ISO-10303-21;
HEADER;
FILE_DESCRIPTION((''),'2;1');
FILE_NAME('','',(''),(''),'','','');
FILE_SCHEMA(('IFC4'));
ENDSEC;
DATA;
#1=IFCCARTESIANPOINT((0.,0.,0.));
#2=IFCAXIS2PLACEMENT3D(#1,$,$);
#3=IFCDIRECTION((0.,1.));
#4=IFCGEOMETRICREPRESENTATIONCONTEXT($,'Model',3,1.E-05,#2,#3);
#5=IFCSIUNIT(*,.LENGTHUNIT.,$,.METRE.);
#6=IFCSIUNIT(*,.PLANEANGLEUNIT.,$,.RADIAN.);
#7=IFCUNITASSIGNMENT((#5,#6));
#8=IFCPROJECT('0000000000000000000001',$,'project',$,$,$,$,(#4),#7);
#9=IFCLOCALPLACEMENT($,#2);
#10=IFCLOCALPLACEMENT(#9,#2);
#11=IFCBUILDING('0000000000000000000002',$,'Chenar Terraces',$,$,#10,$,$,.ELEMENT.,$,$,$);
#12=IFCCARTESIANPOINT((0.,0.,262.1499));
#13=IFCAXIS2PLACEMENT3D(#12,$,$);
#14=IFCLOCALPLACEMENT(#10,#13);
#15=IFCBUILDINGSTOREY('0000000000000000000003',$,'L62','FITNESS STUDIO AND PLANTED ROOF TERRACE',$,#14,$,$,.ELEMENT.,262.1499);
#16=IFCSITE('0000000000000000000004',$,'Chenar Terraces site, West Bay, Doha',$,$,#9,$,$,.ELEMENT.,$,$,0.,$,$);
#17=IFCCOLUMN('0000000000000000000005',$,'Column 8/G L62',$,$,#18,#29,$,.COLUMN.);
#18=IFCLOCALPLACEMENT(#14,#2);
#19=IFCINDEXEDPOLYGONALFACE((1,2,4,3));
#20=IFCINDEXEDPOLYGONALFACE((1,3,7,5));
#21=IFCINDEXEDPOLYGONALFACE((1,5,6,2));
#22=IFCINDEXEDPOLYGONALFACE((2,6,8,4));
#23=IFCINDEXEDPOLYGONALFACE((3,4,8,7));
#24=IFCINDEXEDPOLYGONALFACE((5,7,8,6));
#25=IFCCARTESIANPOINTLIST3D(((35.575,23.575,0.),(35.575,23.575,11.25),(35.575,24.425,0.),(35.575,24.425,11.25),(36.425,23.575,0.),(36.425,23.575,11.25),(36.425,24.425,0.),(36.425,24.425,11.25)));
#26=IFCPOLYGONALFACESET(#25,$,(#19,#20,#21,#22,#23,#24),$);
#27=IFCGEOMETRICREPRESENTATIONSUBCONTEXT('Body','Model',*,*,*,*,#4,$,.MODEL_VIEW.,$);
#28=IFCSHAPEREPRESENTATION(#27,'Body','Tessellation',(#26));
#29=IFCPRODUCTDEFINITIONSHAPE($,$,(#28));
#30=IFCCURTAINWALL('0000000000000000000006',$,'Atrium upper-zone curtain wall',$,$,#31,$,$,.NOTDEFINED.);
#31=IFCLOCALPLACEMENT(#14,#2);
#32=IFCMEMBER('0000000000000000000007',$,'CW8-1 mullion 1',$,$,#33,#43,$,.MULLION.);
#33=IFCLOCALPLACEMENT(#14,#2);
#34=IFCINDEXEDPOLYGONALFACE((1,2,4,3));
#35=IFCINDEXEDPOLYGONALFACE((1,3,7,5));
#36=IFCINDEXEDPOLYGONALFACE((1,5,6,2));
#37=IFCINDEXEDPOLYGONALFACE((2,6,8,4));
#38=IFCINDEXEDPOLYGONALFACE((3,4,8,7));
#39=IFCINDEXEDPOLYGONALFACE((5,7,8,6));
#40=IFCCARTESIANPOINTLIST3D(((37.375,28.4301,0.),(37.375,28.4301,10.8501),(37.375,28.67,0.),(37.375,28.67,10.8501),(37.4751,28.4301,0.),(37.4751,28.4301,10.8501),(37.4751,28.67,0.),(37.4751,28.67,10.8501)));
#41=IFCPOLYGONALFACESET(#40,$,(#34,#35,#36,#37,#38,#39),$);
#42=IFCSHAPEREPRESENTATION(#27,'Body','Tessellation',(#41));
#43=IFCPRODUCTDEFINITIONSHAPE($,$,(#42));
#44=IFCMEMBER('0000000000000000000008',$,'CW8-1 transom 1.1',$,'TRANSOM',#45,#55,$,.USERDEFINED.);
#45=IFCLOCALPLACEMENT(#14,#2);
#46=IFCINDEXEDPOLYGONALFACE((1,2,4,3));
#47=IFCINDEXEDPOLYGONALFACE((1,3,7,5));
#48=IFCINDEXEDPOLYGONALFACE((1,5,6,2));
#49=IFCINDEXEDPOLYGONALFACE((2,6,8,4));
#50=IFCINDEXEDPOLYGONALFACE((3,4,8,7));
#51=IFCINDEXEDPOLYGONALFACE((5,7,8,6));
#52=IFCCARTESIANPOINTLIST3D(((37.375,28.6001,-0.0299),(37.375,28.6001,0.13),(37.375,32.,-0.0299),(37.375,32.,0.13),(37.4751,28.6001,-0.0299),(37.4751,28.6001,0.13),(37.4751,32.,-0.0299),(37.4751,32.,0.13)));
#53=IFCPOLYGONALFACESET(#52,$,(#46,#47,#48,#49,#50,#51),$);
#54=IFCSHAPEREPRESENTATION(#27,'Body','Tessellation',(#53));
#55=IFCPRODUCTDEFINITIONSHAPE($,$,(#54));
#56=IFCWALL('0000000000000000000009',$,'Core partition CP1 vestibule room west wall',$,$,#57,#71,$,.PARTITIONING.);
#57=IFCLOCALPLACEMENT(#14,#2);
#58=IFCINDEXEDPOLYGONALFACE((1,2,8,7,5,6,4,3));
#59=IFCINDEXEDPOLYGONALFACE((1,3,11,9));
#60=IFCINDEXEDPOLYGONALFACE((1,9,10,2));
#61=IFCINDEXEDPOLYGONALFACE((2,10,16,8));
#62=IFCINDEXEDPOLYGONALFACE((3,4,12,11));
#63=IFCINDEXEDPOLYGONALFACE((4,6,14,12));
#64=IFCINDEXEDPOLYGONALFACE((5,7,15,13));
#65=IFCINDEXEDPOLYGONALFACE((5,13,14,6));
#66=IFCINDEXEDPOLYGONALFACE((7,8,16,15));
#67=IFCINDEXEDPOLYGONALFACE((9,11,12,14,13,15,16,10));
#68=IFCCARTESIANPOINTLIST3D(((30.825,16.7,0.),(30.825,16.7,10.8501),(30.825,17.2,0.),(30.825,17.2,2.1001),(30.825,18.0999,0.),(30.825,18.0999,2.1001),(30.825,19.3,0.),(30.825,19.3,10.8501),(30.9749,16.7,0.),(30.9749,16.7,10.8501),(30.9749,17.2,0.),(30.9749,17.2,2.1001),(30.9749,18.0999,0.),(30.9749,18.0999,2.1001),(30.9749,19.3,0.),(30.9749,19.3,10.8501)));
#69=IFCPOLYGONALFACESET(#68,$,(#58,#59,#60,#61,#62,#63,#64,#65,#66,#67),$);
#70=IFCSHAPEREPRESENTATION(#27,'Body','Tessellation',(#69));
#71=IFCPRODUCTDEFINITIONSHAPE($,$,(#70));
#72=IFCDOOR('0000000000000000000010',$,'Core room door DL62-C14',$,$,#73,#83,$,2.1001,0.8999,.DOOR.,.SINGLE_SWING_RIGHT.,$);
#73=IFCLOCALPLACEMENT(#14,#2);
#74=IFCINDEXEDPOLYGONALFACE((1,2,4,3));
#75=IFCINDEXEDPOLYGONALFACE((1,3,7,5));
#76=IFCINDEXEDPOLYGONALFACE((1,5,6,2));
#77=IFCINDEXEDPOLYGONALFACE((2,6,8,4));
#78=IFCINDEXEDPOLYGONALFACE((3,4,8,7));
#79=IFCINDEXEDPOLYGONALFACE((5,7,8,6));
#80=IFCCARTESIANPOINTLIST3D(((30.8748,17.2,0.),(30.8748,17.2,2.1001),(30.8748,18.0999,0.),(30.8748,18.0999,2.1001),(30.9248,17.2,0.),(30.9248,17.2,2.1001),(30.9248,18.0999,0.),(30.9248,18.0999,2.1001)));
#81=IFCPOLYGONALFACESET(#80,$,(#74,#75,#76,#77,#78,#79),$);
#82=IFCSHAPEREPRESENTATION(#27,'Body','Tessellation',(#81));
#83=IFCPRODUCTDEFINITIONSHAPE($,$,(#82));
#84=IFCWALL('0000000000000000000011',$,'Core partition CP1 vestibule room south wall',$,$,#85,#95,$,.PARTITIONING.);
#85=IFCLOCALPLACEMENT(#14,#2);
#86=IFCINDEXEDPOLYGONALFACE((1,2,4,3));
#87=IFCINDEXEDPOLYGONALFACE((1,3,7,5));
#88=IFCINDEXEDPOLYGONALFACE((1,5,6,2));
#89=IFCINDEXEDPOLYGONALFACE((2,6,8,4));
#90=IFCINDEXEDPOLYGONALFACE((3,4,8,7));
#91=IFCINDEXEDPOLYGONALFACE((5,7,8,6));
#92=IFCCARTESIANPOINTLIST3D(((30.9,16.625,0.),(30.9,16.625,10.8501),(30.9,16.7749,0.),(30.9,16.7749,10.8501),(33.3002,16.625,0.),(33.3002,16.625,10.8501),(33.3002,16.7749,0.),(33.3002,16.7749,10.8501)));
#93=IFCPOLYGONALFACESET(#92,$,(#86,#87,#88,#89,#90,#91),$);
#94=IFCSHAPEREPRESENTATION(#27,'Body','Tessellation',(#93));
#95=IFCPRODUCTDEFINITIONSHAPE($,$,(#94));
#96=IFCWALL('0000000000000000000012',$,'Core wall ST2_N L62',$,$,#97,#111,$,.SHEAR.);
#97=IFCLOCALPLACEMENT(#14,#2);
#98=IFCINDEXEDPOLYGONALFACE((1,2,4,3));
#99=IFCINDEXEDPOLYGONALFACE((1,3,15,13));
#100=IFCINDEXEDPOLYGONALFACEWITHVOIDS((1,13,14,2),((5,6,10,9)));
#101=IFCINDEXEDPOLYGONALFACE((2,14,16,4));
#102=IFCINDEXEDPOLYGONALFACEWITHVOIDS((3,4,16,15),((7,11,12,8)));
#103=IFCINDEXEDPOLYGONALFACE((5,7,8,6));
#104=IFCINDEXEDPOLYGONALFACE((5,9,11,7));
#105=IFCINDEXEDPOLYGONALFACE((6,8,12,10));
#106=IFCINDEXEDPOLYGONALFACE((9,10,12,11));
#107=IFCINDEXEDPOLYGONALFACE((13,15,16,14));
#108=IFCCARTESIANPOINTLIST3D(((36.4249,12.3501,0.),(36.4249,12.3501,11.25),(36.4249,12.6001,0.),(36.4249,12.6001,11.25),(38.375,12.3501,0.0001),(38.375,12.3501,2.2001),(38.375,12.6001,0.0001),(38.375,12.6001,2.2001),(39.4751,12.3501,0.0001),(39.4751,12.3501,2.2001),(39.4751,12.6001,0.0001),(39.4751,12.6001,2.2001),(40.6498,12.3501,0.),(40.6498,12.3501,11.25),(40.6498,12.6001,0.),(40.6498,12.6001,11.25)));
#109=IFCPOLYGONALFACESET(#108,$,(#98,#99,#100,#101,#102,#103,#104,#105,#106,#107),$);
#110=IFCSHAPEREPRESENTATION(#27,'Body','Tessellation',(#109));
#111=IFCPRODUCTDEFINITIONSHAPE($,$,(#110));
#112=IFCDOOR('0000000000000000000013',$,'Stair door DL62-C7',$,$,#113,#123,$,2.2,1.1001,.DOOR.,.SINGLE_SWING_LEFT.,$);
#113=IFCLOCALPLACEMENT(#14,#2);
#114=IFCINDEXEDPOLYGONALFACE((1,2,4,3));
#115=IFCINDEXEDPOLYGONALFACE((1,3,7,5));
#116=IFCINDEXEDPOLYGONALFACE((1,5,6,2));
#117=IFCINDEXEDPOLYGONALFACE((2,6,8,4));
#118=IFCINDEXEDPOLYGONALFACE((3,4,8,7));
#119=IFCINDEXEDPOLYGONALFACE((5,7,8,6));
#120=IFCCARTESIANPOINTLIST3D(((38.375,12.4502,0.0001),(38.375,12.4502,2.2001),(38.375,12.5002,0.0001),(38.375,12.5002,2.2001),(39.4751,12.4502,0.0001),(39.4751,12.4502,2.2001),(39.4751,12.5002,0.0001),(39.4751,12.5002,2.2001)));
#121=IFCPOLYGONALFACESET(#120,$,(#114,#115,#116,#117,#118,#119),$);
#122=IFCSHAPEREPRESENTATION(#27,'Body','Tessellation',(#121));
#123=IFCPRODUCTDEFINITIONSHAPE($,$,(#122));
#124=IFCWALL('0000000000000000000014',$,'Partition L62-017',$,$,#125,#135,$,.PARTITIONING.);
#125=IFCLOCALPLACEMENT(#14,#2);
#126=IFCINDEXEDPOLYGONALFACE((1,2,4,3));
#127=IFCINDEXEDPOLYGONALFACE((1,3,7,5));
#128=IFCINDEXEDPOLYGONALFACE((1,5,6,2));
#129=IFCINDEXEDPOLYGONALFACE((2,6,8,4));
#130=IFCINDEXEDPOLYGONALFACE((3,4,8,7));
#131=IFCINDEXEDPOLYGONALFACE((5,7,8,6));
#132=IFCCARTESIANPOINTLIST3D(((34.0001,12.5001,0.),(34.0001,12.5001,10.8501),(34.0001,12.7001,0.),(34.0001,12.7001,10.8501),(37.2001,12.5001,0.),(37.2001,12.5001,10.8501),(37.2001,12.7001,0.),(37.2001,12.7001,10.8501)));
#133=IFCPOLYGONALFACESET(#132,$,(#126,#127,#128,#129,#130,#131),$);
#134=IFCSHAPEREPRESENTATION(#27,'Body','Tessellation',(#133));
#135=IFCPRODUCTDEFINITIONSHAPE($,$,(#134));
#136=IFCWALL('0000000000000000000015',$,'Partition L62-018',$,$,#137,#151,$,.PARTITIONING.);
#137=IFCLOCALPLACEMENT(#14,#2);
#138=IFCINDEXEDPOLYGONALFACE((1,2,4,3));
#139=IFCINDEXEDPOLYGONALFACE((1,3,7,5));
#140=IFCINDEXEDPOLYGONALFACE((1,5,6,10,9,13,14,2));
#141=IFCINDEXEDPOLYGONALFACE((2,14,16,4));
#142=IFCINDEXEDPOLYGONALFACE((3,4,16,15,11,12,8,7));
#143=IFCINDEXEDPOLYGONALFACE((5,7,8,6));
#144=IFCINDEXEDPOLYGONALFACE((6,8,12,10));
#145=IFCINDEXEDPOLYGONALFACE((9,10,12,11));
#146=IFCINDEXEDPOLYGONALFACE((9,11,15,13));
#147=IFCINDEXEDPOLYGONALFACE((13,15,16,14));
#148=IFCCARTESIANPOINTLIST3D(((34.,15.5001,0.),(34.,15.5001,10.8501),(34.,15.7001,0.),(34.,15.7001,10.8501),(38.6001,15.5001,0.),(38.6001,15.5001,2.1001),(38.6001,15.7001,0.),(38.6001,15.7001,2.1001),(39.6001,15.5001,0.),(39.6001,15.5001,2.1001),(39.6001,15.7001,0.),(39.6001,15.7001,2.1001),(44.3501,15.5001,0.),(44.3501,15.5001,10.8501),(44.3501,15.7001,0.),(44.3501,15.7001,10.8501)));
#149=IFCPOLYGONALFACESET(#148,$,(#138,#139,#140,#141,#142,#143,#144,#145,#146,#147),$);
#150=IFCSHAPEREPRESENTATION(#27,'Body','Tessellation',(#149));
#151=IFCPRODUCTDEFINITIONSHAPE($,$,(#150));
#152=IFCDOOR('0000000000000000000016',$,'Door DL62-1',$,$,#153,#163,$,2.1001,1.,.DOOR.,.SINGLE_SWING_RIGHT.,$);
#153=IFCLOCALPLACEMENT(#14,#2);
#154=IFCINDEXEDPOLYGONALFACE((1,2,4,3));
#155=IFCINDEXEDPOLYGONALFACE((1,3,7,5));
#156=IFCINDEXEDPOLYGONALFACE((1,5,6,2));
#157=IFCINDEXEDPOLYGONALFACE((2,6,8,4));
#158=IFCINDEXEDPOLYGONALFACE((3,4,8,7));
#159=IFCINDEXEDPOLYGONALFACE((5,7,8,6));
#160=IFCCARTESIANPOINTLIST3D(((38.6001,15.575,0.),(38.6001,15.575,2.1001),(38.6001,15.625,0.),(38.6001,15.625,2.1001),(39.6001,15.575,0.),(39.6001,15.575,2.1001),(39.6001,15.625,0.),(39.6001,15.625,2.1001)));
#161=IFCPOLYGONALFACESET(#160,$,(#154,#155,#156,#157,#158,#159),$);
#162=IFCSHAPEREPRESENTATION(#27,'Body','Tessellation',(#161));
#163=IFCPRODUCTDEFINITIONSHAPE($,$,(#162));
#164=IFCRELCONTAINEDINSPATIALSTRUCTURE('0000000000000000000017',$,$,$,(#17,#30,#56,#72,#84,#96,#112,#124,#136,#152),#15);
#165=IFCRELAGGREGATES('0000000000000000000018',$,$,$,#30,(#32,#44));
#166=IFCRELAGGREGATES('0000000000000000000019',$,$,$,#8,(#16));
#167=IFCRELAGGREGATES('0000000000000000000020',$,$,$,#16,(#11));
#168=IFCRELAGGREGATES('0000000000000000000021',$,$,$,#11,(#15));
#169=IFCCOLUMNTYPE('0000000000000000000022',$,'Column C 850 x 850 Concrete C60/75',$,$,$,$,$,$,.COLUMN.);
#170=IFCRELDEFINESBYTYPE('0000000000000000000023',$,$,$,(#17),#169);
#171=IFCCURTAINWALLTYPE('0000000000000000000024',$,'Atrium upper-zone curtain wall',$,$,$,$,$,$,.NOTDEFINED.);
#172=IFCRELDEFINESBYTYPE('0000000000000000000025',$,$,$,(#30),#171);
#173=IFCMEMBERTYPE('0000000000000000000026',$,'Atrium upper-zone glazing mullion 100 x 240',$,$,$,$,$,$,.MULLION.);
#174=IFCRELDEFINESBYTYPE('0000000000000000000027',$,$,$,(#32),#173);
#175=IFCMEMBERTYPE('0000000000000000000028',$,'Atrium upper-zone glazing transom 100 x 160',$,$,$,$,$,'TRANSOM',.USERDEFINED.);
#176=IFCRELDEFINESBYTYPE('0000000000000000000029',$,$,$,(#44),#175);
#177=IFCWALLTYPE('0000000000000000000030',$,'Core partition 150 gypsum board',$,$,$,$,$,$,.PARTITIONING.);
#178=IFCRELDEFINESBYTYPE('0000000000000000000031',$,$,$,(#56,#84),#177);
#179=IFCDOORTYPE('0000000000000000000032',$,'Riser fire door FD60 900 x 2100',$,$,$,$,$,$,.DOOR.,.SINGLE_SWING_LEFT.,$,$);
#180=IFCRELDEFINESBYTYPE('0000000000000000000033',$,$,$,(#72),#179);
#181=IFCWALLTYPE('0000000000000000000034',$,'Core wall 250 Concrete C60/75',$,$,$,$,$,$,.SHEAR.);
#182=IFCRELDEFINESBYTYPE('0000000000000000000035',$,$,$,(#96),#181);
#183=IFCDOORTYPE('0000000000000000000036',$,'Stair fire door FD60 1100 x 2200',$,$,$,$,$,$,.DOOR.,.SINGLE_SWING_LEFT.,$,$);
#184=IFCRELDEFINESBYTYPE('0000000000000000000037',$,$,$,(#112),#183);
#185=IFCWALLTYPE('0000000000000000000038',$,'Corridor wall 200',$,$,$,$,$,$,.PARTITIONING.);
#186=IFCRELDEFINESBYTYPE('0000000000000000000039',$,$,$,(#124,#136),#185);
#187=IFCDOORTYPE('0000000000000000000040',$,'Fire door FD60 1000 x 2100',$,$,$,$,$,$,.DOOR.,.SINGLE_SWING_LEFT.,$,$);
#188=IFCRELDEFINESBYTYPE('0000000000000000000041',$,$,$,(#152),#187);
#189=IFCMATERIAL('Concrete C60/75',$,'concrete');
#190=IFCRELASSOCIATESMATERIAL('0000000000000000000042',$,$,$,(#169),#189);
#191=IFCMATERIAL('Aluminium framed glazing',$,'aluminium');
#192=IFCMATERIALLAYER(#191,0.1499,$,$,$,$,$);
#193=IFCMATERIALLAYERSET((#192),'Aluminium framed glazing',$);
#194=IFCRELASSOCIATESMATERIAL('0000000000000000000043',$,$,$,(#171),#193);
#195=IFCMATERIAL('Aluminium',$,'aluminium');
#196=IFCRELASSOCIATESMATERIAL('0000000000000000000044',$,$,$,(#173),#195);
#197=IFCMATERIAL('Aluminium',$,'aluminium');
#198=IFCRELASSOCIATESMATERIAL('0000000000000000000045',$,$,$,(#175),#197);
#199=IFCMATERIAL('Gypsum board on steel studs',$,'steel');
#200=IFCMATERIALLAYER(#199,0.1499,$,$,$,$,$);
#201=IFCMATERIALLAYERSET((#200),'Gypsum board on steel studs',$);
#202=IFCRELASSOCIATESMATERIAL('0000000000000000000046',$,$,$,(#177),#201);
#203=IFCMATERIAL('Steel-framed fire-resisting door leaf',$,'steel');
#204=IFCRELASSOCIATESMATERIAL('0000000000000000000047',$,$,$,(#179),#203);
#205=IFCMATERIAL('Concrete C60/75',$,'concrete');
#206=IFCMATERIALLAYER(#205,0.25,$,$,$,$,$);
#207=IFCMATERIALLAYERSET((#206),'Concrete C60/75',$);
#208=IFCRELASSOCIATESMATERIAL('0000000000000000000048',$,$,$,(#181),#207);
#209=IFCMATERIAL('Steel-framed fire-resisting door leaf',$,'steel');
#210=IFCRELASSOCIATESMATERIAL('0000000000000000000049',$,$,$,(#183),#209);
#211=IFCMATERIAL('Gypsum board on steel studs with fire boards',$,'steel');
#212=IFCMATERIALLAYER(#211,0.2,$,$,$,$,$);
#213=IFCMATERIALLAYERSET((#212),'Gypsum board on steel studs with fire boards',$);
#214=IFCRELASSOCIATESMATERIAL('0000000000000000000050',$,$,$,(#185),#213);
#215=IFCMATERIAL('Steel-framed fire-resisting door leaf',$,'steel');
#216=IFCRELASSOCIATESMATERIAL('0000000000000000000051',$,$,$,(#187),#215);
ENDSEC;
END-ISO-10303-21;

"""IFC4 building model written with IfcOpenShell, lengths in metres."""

from ifc_helpers import new_model, si_unit, direction, frame, frame_2d, origin, origin_2d, place, context, subcontext, project, spatial, rectangle, extrude, material, layer, layer_set, material_profile, profile_set, type_object, element, fill, aggregate, save


model = new_model("IFC4")

# Units and contexts
model_context = context("Model", 3, precision=1e-05, world=origin(), true_north=direction((0.0, 1.0)))
body_context = subcontext(model_context, "Body", "Model", "MODEL_VIEW")
ifc_project = project(units=[si_unit("LENGTHUNIT", "METRE"), si_unit("PLANEANGLEUNIT", "RADIAN")], contexts=[model_context])

# Site, building, storey
site_placement = place(None, origin())
site = spatial("IfcSite", under=ifc_project, at=site_placement, Name="Chenar Terraces site, West Bay, Doha", CompositionType="ELEMENT", RefElevation=0.0)
building_placement = place(site_placement, origin())
building = spatial("IfcBuilding", under=site, at=building_placement, Name="Chenar Terraces", CompositionType="ELEMENT")
storey_placement = place(building_placement, frame((0.0, 0.0, 262.1499)))
storey = spatial("IfcBuildingStorey", under=building, at=storey_placement, Name="L62", Description="FITNESS STUDIO AND PLANTED ROOF TERRACE", CompositionType="ELEMENT", Elevation=262.1499)

# Column
ifc_material_1 = material(Name="Concrete C60/75", Category="concrete")
ifc_material_profile_1 = material_profile(ifc_material_1, rectangle(XDim=0.8501, YDim=0.8501, at=origin_2d()), Name="C 850 x 850")
ifc_profile_set_1 = profile_set([ifc_material_profile_1], Name="Concrete C60/75")
column_type = type_object("IfcColumnType", Name="Column C 850 x 850 Concrete C60/75", PredefinedType="COLUMN", material=ifc_profile_set_1)
column_placement = place(storey_placement, frame((36.0, 24.0, 0.0), z_axis=(0.0, 0.0, 1.0), x_axis=(1.0, 0.0, 0.0)))
element("IfcColumn", 1, at=column_placement, inside=storey, type_object=column_type, Name="Column 8/G L62", PredefinedType="COLUMN", context=body_context, shape_type="SweptSolid", body=[
    extrude(rectangle(XDim=0.8501, YDim=0.8501, at=origin_2d()), origin(), (0.0, 0.0, 1.0), 11.25),
])

# Curtain wall, members
ifc_material_2 = material(Name="Aluminium framed glazing", Category="aluminium")
ifc_layer_1 = layer(ifc_material_2, 0.1499)
ifc_layer_set_1 = layer_set([ifc_layer_1], Name="Aluminium framed glazing")
curtain_wall_type = type_object("IfcCurtainWallType", Name="Atrium upper-zone curtain wall", PredefinedType="NOTDEFINED", material=ifc_layer_set_1)
curtain_wall_placement = place(storey_placement, origin())
curtain_wall = element("IfcCurtainWall", 2, at=curtain_wall_placement, inside=storey, type_object=curtain_wall_type, Name="Atrium upper-zone curtain wall", PredefinedType="NOTDEFINED")
ifc_material_3 = material(Name="Aluminium", Category="aluminium")
ifc_material_profile_2 = material_profile(ifc_material_3, rectangle(XDim=0.1001, YDim=0.24, at=origin_2d()), Name="Atrium upper-zone glazing mullion 100 x 240")
ifc_profile_set_2 = profile_set([ifc_material_profile_2], Name="Aluminium")
member_type_1 = type_object("IfcMemberType", Name="Atrium upper-zone glazing mullion 100 x 240", PredefinedType="MULLION", material=ifc_profile_set_2)
member_1_placement = place(storey_placement, frame((37.425, 28.55, 0.0), z_axis=(0.0, 0.0, 1.0), x_axis=(-1.0, 0.0, 0.0)))
member_1 = element("IfcMember", 3, at=member_1_placement, type_object=member_type_1, Name="CW8-1 mullion 1", PredefinedType="MULLION", context=body_context, shape_type="SweptSolid", body=[
    extrude(rectangle(XDim=0.1001, YDim=0.24, at=origin_2d()), origin(), (0.0, 0.0, 1.0), 10.8501),
])
ifc_material_4 = material(Name="Aluminium", Category="aluminium")
ifc_material_profile_3 = material_profile(ifc_material_4, rectangle(XDim=0.1001, YDim=0.1599, at=origin_2d()), Name="Atrium upper-zone glazing transom 100 x 160")
ifc_profile_set_3 = profile_set([ifc_material_profile_3], Name="Aluminium")
member_type_2 = type_object("IfcMemberType", Name="Atrium upper-zone glazing transom 100 x 160", ElementType="TRANSOM", PredefinedType="USERDEFINED", material=ifc_profile_set_3)
member_2_placement = place(storey_placement, frame((37.425, 28.6001, 0.05), z_axis=(0.0, 1.0, 0.0), x_axis=(-1.0, 0.0, 0.0)))
member_2 = element("IfcMember", 4, at=member_2_placement, type_object=member_type_2, Name="CW8-1 transom 1.1", ObjectType="TRANSOM", PredefinedType="USERDEFINED", context=body_context, shape_type="SweptSolid", body=[
    extrude(rectangle(XDim=0.1001, YDim=0.1599, at=origin_2d()), origin(), (0.0, 0.0, 1.0), 3.3999),
])
aggregate(curtain_wall, [member_1, member_2])

# Wall, opening, door
ifc_material_5 = material(Name="Gypsum board on steel studs", Category="steel")
ifc_layer_2 = layer(ifc_material_5, 0.1499)
ifc_layer_set_2 = layer_set([ifc_layer_2], Name="Gypsum board on steel studs")
wall_type_1 = type_object("IfcWallType", Name="Core partition 150 gypsum board", PredefinedType="PARTITIONING", material=ifc_layer_set_2)
wall_1_placement = place(storey_placement, frame((30.8999, 16.7, 0.0), z_axis=(0.0, 0.0, 1.0), x_axis=(0.0, 1.0, 0.0)))
wall_1 = element("IfcWall", 5, at=wall_1_placement, inside=storey, type_object=wall_type_1, Name="Core partition CP1 vestibule room west wall", PredefinedType="PARTITIONING", context=body_context, shape_type="SweptSolid", body=[
    extrude(rectangle(XDim=2.6001, YDim=0.1499, at=frame_2d((1.3, 0.0))), origin(), (0.0, 0.0, 1.0), 10.8501),
])
opening_1_placement = place(wall_1_placement, frame((0.5, 0.0, 0.0)))
opening_1 = element("IfcOpeningElement", 6, at=opening_1_placement, cuts=wall_1, PredefinedType="OPENING", context=body_context, shape_type="SweptSolid", body=[
    extrude(rectangle(XDim=0.8999, YDim=2.1001, at=frame_2d((0.45, 1.05))), frame((0.0, 0.085, 0.0), z_axis=(0.0, -1.0, 0.0), x_axis=(1.0, 0.0, 0.0)), (0.0, 0.0, 1.0), 0.1699),
])
ifc_material_6 = material(Name="Steel-framed fire-resisting door leaf", Category="steel")
door_type_1 = type_object("IfcDoorType", Name="Riser fire door FD60 900 x 2100", OperationType="SINGLE_SWING_LEFT", PredefinedType="DOOR", material=ifc_material_6)
door_1_placement = place(opening_1_placement, frame((0.8999, 0.0, 0.0), z_axis=(0.0, 0.0, 1.0), x_axis=(-1.0, 0.0, 0.0)))
door_1 = element("IfcDoor", 7, at=door_1_placement, inside=storey, type_object=door_type_1, Name="Core room door DL62-C14", OperationType="SINGLE_SWING_RIGHT", OverallHeight=2.1001, OverallWidth=0.8999, PredefinedType="DOOR", context=body_context, shape_type="SweptSolid", body=[
    extrude(rectangle(XDim=0.8999, YDim=2.1001, at=frame_2d((0.45, 1.05))), frame((0.0, 0.0249, 0.0), z_axis=(0.0, -1.0, 0.0), x_axis=(1.0, 0.0, 0.0)), (0.0, 0.0, 1.0), 0.05),
])
fill(opening_1, door_1)

# Wall
wall_2_placement = place(storey_placement, frame((30.8999, 16.7, 0.0), z_axis=(0.0, 0.0, 1.0), x_axis=(1.0, 0.0, 0.0)))
element("IfcWall", 8, at=wall_2_placement, inside=storey, type_object=wall_type_1, Name="Core partition CP1 vestibule room south wall", PredefinedType="PARTITIONING", context=body_context, shape_type="SweptSolid", body=[
    extrude(rectangle(XDim=2.4001, YDim=0.1499, at=frame_2d((1.2002, 0.0))), origin(), (0.0, 0.0, 1.0), 10.8501),
])

# Wall, opening, door
ifc_material_7 = material(Name="Concrete C60/75", Category="concrete")
ifc_layer_3 = layer(ifc_material_7, 0.25)
ifc_layer_set_3 = layer_set([ifc_layer_3], Name="Concrete C60/75")
wall_type_2 = type_object("IfcWallType", Name="Core wall 250 Concrete C60/75", PredefinedType="SHEAR", material=ifc_layer_set_3)
wall_3_placement = place(storey_placement, frame((36.425, 12.4751, 0.0), z_axis=(0.0, 0.0, 1.0), x_axis=(1.0, 0.0, 0.0)))
wall_3 = element("IfcWall", 9, at=wall_3_placement, inside=storey, type_object=wall_type_2, Name="Core wall ST2_N L62", PredefinedType="SHEAR", context=body_context, shape_type="SweptSolid", body=[
    extrude(rectangle(XDim=4.2249, YDim=0.25, at=frame_2d((2.1123, 0.0))), origin(), (0.0, 0.0, 1.0), 11.25),
])
opening_2_placement = place(wall_3_placement, frame((1.95, 0.0, 0.0)))
opening_2 = element("IfcOpeningElement", 10, at=opening_2_placement, cuts=wall_3, PredefinedType="OPENING", context=body_context, shape_type="SweptSolid", body=[
    extrude(rectangle(XDim=1.1001, YDim=2.2, at=frame_2d((0.55, 1.1001))), frame((0.0, 0.135, 0.0), z_axis=(0.0, -1.0, 0.0), x_axis=(1.0, 0.0, 0.0)), (0.0, 0.0, 1.0), 0.27),
])
ifc_material_8 = material(Name="Steel-framed fire-resisting door leaf", Category="steel")
door_type_2 = type_object("IfcDoorType", Name="Stair fire door FD60 1100 x 2200", OperationType="SINGLE_SWING_LEFT", PredefinedType="DOOR", material=ifc_material_8)
door_2_placement = place(opening_2_placement, frame((1.1001, 0.0, 0.0), z_axis=(0.0, 0.0, 1.0), x_axis=(-1.0, 0.0, 0.0)))
door_2 = element("IfcDoor", 11, at=door_2_placement, inside=storey, type_object=door_type_2, Name="Stair door DL62-C7", OperationType="SINGLE_SWING_LEFT", OverallHeight=2.2, OverallWidth=1.1001, PredefinedType="DOOR", context=body_context, shape_type="SweptSolid", body=[
    extrude(rectangle(XDim=1.1001, YDim=2.2, at=frame_2d((0.55, 1.1001))), frame((0.0, 0.0249, 0.0), z_axis=(0.0, -1.0, 0.0), x_axis=(1.0, 0.0, 0.0)), (0.0, 0.0, 1.0), 0.05),
])
fill(opening_2, door_2)

# Wall
ifc_material_9 = material(Name="Gypsum board on steel studs with fire boards", Category="steel")
ifc_layer_4 = layer(ifc_material_9, 0.2)
ifc_layer_set_4 = layer_set([ifc_layer_4], Name="Gypsum board on steel studs with fire boards")
wall_type_3 = type_object("IfcWallType", Name="Corridor wall 200", PredefinedType="PARTITIONING", material=ifc_layer_set_4)
wall_4_placement = place(storey_placement, frame((34.0, 12.6001, 0.0), z_axis=(0.0, 0.0, 1.0), x_axis=(1.0, 0.0, 0.0)))
element("IfcWall", 12, at=wall_4_placement, inside=storey, type_object=wall_type_3, Name="Partition L62-017", PredefinedType="PARTITIONING", context=body_context, shape_type="SweptSolid", body=[
    extrude(rectangle(XDim=3.2, YDim=0.2, at=frame_2d((1.6001, 0.0))), origin(), (0.0, 0.0, 1.0), 10.8501),
])

# Wall, opening, door
wall_5_placement = place(storey_placement, frame((34.0, 15.6001, 0.0), z_axis=(0.0, 0.0, 1.0), x_axis=(1.0, 0.0, 0.0)))
wall_5 = element("IfcWall", 13, at=wall_5_placement, inside=storey, type_object=wall_type_3, Name="Partition L62-018", PredefinedType="PARTITIONING", context=body_context, shape_type="SweptSolid", body=[
    extrude(rectangle(XDim=10.3501, YDim=0.2, at=frame_2d((5.175, 0.0))), origin(), (0.0, 0.0, 1.0), 10.8501),
])
opening_3_placement = place(wall_5_placement, frame((4.6001, 0.0, 0.0)))
opening_3 = element("IfcOpeningElement", 14, at=opening_3_placement, cuts=wall_5, PredefinedType="OPENING", context=body_context, shape_type="SweptSolid", body=[
    extrude(rectangle(XDim=1.0, YDim=2.1001, at=frame_2d((0.5, 1.05))), frame((0.0, 0.1099, 0.0), z_axis=(0.0, -1.0, 0.0), x_axis=(1.0, 0.0, 0.0)), (0.0, 0.0, 1.0), 0.22),
])
ifc_material_10 = material(Name="Steel-framed fire-resisting door leaf", Category="steel")
door_type_3 = type_object("IfcDoorType", Name="Fire door FD60 1000 x 2100", OperationType="SINGLE_SWING_LEFT", PredefinedType="DOOR", material=ifc_material_10)
door_3_placement = place(opening_3_placement, origin())
door_3 = element("IfcDoor", 15, at=door_3_placement, inside=storey, type_object=door_type_3, Name="Door DL62-1", OperationType="SINGLE_SWING_RIGHT", OverallHeight=2.1001, OverallWidth=1.0, PredefinedType="DOOR", context=body_context, shape_type="SweptSolid", body=[
    extrude(rectangle(XDim=1.0, YDim=2.1001, at=frame_2d((0.5, 1.05))), frame((0.0, 0.0249, 0.0), z_axis=(0.0, -1.0, 0.0), x_axis=(1.0, 0.0, 0.0)), (0.0, 0.0, 1.0), 0.05),
])
fill(opening_3, door_3)

save(model, "model.ifc")
